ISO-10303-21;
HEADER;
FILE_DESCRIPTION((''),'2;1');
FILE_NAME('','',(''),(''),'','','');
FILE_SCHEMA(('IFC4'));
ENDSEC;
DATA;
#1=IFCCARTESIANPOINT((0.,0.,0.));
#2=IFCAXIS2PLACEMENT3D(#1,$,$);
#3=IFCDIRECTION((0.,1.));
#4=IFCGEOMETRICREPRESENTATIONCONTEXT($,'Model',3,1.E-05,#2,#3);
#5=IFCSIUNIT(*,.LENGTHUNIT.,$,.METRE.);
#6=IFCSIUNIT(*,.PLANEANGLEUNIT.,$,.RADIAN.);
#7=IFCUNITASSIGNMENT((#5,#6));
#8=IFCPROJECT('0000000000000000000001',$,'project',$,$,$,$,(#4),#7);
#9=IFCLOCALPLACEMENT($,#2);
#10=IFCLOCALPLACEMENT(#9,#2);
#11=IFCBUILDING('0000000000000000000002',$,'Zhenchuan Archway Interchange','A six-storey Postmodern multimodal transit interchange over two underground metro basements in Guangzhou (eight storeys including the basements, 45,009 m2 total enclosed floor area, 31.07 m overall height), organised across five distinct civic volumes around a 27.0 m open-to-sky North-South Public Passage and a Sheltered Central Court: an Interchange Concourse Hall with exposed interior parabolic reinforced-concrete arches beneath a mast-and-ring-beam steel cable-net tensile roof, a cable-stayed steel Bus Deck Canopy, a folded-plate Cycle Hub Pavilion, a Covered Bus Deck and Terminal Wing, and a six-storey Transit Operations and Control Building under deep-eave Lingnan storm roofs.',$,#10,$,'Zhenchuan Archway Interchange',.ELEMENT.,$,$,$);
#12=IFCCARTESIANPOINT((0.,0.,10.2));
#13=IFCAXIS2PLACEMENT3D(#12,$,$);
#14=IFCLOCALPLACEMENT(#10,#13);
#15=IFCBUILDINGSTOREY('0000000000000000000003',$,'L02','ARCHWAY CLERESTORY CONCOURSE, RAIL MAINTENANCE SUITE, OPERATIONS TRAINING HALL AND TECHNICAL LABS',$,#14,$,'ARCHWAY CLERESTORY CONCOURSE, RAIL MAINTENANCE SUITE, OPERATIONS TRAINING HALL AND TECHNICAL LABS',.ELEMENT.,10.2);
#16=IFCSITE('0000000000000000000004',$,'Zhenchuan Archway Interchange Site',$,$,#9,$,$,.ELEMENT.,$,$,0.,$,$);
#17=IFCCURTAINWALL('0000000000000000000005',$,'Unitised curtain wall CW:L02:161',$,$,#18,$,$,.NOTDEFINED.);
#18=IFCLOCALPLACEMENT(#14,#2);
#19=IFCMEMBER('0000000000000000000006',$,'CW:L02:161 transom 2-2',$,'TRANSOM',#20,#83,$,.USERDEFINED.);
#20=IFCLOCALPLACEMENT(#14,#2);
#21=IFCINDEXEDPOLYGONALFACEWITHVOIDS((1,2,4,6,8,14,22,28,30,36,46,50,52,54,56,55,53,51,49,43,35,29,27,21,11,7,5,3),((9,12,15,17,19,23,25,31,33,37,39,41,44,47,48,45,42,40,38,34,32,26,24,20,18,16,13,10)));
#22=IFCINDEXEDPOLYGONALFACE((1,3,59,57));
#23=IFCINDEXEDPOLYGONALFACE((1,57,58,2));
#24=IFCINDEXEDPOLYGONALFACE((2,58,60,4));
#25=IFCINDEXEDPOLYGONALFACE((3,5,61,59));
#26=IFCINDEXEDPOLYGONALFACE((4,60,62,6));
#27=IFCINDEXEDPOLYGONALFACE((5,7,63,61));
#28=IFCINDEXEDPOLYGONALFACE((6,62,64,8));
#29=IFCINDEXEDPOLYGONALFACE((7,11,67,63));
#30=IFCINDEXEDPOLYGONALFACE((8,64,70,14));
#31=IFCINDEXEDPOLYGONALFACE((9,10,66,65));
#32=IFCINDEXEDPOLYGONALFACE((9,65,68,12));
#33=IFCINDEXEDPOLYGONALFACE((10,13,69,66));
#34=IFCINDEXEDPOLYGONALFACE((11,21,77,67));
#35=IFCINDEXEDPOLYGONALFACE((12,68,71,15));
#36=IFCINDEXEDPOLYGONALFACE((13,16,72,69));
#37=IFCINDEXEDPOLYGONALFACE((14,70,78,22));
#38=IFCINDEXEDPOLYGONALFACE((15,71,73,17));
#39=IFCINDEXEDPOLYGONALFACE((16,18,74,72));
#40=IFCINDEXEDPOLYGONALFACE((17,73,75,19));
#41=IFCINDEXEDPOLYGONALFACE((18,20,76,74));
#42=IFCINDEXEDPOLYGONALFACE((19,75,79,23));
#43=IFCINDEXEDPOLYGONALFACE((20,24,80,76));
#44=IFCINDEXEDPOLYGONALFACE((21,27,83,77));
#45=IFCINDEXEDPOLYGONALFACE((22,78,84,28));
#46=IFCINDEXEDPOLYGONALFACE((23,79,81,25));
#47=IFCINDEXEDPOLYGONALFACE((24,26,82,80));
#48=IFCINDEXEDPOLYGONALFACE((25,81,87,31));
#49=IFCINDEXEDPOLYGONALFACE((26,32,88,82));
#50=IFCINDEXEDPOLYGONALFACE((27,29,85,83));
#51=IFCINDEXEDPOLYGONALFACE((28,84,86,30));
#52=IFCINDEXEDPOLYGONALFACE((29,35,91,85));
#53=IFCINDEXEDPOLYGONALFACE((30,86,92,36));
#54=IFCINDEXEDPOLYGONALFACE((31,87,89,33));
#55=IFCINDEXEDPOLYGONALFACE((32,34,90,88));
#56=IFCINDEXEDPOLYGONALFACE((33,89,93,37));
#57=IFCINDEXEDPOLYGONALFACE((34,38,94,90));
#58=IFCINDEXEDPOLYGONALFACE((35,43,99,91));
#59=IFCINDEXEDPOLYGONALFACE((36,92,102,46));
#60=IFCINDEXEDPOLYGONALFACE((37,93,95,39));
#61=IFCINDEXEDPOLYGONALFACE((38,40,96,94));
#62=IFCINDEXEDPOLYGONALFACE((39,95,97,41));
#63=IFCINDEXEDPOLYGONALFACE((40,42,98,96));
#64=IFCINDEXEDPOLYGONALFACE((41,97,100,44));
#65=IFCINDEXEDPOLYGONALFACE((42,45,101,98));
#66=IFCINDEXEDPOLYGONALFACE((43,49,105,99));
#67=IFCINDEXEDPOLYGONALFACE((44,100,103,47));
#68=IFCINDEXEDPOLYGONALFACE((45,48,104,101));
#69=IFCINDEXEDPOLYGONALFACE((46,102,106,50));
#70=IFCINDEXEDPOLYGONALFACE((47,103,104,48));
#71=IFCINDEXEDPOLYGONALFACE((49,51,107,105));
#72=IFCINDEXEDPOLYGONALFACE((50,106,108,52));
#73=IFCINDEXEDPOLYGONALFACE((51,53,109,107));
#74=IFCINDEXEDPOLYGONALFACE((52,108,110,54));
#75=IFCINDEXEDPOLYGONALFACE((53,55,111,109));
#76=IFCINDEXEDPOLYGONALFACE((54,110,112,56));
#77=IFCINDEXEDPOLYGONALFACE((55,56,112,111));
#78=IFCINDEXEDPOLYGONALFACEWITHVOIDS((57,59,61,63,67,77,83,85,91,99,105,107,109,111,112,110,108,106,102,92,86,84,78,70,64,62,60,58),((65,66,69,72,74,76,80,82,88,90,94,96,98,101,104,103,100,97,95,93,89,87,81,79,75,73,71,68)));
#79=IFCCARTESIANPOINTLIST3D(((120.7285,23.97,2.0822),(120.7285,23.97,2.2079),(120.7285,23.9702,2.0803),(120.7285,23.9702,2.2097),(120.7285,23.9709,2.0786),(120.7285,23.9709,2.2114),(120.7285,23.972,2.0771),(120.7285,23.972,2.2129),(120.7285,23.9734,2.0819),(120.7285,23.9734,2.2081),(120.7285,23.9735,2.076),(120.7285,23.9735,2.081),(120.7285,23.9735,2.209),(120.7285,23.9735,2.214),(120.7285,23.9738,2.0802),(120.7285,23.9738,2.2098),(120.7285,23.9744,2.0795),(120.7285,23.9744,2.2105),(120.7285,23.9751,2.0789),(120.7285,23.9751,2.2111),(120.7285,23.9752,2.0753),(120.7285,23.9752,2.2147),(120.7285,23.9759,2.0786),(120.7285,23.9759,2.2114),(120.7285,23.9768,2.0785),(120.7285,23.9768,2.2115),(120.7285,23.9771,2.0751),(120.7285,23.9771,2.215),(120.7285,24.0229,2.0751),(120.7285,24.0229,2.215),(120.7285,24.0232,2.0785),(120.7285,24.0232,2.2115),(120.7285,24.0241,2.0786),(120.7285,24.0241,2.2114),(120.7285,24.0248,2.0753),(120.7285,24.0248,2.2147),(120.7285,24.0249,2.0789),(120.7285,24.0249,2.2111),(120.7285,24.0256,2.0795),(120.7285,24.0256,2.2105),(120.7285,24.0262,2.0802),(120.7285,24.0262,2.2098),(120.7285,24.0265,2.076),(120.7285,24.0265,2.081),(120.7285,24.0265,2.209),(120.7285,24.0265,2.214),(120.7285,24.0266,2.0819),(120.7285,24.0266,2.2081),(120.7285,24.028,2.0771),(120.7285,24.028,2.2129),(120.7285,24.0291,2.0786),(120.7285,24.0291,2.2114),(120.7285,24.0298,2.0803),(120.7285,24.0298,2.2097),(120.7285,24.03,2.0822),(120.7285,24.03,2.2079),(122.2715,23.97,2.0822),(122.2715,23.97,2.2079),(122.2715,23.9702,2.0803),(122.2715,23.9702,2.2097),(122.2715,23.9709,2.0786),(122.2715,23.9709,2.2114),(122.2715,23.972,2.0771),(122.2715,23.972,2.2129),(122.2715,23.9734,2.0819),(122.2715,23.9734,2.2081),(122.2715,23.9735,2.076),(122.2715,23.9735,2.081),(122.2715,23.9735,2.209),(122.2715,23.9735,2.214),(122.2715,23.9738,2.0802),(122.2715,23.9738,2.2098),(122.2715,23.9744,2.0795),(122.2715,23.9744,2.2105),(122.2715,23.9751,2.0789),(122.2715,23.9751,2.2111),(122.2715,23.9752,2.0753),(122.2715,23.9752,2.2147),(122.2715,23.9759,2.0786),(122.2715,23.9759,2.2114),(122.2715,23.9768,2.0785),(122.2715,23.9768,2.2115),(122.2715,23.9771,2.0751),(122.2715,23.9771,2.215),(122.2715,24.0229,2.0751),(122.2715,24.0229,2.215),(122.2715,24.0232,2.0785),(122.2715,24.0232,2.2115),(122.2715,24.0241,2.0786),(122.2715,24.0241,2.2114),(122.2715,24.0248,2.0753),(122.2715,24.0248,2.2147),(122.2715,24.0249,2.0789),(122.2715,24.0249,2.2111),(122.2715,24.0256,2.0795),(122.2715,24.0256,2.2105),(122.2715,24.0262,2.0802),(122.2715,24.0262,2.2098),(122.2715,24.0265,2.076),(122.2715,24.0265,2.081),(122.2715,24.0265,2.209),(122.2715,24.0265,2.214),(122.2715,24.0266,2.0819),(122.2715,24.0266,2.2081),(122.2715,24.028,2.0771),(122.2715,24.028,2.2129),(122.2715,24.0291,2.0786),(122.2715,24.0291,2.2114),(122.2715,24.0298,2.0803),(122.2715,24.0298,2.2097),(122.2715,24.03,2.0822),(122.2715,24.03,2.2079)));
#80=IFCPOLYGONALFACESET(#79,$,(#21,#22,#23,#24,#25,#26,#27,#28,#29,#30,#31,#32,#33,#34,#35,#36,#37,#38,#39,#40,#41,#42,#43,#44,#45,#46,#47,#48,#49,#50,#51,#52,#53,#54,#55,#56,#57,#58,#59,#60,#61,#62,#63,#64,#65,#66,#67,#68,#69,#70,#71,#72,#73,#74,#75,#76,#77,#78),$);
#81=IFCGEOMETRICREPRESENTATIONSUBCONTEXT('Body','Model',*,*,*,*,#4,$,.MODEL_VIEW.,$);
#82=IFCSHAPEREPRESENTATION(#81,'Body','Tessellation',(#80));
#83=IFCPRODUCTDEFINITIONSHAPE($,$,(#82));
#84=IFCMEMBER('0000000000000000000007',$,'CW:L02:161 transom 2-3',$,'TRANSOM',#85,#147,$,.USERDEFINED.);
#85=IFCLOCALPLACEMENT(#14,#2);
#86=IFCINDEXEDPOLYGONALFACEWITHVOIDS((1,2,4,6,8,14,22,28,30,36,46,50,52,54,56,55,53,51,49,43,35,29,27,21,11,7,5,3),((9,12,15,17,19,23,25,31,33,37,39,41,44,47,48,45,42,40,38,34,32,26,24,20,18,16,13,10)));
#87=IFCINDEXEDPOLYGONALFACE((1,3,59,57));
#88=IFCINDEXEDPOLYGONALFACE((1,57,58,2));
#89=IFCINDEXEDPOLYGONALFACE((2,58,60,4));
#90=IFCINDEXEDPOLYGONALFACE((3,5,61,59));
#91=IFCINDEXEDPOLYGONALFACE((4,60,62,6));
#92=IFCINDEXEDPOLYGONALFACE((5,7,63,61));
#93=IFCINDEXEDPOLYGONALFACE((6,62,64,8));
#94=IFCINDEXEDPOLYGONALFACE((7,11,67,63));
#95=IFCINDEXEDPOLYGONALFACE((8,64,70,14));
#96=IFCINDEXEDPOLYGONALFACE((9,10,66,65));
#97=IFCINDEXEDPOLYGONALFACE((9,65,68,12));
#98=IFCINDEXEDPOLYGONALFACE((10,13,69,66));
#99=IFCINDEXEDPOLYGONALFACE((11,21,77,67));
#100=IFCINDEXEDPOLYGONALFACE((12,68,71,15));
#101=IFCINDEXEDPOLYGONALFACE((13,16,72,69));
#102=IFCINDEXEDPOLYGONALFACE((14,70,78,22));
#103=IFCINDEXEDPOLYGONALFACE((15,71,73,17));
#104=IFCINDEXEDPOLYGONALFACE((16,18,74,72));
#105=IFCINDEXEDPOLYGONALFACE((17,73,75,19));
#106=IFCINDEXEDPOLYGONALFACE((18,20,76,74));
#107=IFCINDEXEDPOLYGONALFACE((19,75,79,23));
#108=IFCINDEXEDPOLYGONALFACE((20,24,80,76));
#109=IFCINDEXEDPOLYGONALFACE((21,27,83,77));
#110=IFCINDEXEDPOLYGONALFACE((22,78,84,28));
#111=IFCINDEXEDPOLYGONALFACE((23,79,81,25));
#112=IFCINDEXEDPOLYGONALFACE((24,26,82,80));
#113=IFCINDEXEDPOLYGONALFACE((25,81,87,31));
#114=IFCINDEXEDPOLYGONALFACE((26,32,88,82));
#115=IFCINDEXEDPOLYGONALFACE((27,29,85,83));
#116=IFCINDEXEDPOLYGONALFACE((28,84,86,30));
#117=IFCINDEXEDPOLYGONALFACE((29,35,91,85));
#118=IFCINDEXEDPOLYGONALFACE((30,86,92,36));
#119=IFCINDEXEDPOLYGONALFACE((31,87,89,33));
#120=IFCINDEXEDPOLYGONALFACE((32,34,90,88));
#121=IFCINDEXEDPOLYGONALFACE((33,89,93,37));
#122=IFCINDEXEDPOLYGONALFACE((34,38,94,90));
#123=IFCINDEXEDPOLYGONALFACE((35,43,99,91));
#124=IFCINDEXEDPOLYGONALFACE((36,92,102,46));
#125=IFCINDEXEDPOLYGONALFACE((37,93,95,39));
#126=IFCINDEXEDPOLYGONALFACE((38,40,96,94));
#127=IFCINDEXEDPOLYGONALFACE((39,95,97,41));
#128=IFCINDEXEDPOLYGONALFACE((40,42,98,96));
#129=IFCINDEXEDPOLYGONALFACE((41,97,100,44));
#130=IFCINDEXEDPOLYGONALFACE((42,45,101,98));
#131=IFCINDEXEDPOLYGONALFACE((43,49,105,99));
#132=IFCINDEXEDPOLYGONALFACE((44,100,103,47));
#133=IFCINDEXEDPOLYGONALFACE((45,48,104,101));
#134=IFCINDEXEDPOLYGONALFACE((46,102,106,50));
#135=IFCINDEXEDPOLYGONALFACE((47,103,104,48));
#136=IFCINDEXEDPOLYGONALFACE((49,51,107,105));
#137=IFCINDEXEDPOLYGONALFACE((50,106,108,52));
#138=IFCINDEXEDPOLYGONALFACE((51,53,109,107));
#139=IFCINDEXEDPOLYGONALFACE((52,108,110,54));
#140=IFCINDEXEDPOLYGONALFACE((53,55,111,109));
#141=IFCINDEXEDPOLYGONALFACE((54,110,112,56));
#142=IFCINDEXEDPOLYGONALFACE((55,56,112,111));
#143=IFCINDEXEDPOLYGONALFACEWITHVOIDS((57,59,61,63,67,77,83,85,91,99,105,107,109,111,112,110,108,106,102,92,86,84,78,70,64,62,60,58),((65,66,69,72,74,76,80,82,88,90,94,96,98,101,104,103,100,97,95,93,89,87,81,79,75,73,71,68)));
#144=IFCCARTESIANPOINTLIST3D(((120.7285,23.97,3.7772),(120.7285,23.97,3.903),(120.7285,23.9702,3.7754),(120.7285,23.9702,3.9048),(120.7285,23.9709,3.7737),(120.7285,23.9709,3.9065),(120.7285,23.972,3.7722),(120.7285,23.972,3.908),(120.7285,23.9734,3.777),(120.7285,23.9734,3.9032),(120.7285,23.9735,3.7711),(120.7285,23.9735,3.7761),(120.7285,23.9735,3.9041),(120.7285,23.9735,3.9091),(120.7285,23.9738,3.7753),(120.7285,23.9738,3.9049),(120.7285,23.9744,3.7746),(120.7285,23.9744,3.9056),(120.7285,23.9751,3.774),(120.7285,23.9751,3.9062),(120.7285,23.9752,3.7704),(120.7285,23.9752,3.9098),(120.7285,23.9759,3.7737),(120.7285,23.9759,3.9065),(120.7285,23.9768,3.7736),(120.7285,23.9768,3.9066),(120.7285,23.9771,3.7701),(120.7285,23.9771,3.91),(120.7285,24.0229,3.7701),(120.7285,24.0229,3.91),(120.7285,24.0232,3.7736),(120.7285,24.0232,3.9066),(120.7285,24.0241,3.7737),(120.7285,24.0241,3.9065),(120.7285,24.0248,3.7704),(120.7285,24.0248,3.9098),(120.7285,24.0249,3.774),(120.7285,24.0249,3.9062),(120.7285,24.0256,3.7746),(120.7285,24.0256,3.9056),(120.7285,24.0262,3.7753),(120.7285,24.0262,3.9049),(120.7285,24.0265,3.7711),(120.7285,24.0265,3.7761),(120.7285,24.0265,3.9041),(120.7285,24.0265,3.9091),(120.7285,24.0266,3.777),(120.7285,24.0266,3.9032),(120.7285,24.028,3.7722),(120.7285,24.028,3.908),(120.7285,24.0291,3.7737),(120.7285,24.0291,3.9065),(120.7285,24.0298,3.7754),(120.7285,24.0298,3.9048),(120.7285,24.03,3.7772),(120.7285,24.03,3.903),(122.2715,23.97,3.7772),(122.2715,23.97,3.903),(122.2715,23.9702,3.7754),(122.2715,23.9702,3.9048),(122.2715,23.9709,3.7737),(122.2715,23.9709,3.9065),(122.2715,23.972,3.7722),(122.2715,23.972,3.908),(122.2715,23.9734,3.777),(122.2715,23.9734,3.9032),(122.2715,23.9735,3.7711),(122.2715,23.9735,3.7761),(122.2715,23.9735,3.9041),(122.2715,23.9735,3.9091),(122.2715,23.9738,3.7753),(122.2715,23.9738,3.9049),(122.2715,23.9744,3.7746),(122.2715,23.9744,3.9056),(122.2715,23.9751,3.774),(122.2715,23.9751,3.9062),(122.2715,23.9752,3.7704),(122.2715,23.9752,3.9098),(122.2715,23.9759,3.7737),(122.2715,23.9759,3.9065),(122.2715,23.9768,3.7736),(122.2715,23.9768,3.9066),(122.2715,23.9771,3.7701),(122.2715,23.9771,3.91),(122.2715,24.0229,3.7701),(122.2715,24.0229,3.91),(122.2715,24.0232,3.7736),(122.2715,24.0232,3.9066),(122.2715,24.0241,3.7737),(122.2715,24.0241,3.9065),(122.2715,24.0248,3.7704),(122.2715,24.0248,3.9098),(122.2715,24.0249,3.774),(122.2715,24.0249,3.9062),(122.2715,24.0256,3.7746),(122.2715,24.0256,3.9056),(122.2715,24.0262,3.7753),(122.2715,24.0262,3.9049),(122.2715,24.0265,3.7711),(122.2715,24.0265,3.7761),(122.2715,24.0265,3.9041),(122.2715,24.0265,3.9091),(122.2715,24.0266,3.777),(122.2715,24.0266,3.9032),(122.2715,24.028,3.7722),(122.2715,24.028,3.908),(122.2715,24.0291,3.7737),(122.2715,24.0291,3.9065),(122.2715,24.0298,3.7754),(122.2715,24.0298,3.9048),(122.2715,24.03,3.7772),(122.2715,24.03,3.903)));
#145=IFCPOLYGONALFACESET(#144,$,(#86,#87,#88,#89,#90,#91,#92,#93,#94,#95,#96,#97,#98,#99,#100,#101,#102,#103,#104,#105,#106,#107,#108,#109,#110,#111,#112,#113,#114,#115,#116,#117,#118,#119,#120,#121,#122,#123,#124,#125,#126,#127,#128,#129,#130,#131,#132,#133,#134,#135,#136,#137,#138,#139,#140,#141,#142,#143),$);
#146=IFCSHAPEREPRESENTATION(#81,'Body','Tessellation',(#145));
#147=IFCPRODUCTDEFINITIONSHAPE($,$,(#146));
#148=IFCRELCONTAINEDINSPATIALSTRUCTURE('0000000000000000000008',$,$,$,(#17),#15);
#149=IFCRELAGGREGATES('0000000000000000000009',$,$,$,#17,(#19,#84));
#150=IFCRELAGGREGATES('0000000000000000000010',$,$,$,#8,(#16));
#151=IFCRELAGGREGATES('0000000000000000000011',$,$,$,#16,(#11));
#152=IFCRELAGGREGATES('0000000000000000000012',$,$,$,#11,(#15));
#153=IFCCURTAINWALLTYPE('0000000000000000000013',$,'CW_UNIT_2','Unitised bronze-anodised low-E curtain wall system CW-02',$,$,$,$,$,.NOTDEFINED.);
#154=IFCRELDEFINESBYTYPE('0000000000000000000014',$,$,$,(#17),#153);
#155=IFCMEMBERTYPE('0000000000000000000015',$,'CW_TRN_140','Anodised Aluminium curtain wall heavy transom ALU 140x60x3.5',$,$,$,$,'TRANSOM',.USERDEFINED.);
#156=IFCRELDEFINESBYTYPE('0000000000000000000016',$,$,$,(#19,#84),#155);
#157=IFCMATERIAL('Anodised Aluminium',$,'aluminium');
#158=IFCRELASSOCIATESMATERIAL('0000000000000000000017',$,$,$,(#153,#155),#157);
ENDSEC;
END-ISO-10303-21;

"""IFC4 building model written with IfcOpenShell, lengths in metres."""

from ifc_helpers import new_model, si_unit, direction, frame, origin, origin_2d, place, context, subcontext, project, spatial, hollow_rectangle, extrude, material, material_profile, profile_set, type_object, element, aggregate, save


model = new_model("IFC4")

# Units and contexts
model_context = context("Model", 3, precision=1e-05, world=origin(), true_north=direction((0.0, 1.0)))
body_context = subcontext(model_context, "Body", "Model", "MODEL_VIEW")
ifc_project = project(units=[si_unit("LENGTHUNIT", "METRE"), si_unit("PLANEANGLEUNIT", "RADIAN")], contexts=[model_context])

# Site, building, storey
site_placement = place(None, origin())
site = spatial("IfcSite", under=ifc_project, at=site_placement, Name="Zhenchuan Archway Interchange Site", CompositionType="ELEMENT", RefElevation=0.0)
building_placement = place(site_placement, origin())
building = spatial("IfcBuilding", under=site, at=building_placement, Name="Zhenchuan Archway Interchange", Description="A six-storey Postmodern multimodal transit interchange over two underground metro basements in Guangzhou (eight storeys including the basements, 45,009 m2 total enclosed floor area, 31.07 m overall height), organised across five distinct civic volumes around a 27.0 m open-to-sky North-South Public Passage and a Sheltered Central Court: an Interchange Concourse Hall with exposed interior parabolic reinforced-concrete arches beneath a mast-and-ring-beam steel cable-net tensile roof, a cable-stayed steel Bus Deck Canopy, a folded-plate Cycle Hub Pavilion, a Covered Bus Deck and Terminal Wing, and a six-storey Transit Operations and Control Building under deep-eave Lingnan storm roofs.", LongName="Zhenchuan Archway Interchange", CompositionType="ELEMENT")
storey_placement = place(building_placement, frame((0.0, 0.0, 10.2)))
storey = spatial("IfcBuildingStorey", under=building, at=storey_placement, Name="L02", Description="ARCHWAY CLERESTORY CONCOURSE, RAIL MAINTENANCE SUITE, OPERATIONS TRAINING HALL AND TECHNICAL LABS", LongName="ARCHWAY CLERESTORY CONCOURSE, RAIL MAINTENANCE SUITE, OPERATIONS TRAINING HALL AND TECHNICAL LABS", CompositionType="ELEMENT", Elevation=10.2)

# Curtain wall, members
ifc_material_1 = material(Name="Anodised Aluminium", Category="aluminium")
curtain_wall_type = type_object("IfcCurtainWallType", Name="CW_UNIT_2", Description="Unitised bronze-anodised low-E curtain wall system CW-02", PredefinedType="NOTDEFINED", material=ifc_material_1)
curtain_wall_placement = place(storey_placement, origin())
curtain_wall = element("IfcCurtainWall", 1, at=curtain_wall_placement, inside=storey, type_object=curtain_wall_type, Name="Unitised curtain wall CW:L02:161", PredefinedType="NOTDEFINED")
ifc_material_profile_1 = material_profile(ifc_material_1, hollow_rectangle(XDim=0.0601, YDim=0.1399, WallThickness=0.0034, InnerFilletRadius=0.0034, OuterFilletRadius=0.0071, at=origin_2d()), Name="ALU 140x60x3.5")
ifc_profile_set_1 = profile_set([ifc_material_profile_1], Name="Anodised Aluminium")
member_type_1 = type_object("IfcMemberType", Name="CW_TRN_140", Description="Anodised Aluminium curtain wall heavy transom ALU 140x60x3.5", ElementType="TRANSOM", PredefinedType="USERDEFINED", material=ifc_profile_set_1)
member_1_placement = place(storey_placement, frame((120.7285, 24.0, 2.145), z_axis=(1.0, 0.0, 0.0), x_axis=(0.0, 1.0, 0.0)))
member_1 = element("IfcMember", 2, at=member_1_placement, type_object=member_type_1, Name="CW:L02:161 transom 2-2", ObjectType="TRANSOM", PredefinedType="USERDEFINED", context=body_context, shape_type="SweptSolid", body=[
    extrude(hollow_rectangle(XDim=0.0601, YDim=0.1399, WallThickness=0.0034, InnerFilletRadius=0.0034, OuterFilletRadius=0.0071, at=origin_2d()), origin(), (0.0, 0.0, 1.0), 1.543),
])
member_2_placement = place(storey_placement, frame((120.7285, 24.0, 3.8401), z_axis=(1.0, 0.0, 0.0), x_axis=(0.0, 1.0, 0.0)))
member_2 = element("IfcMember", 3, at=member_2_placement, type_object=member_type_1, Name="CW:L02:161 transom 2-3", ObjectType="TRANSOM", PredefinedType="USERDEFINED", context=body_context, shape_type="SweptSolid", body=[
    extrude(hollow_rectangle(XDim=0.0601, YDim=0.1399, WallThickness=0.0034, InnerFilletRadius=0.0034, OuterFilletRadius=0.0071, at=origin_2d()), origin(), (0.0, 0.0, 1.0), 1.543),
])

aggregate(curtain_wall, [member_1, member_2])

save(model, "model.ifc")
